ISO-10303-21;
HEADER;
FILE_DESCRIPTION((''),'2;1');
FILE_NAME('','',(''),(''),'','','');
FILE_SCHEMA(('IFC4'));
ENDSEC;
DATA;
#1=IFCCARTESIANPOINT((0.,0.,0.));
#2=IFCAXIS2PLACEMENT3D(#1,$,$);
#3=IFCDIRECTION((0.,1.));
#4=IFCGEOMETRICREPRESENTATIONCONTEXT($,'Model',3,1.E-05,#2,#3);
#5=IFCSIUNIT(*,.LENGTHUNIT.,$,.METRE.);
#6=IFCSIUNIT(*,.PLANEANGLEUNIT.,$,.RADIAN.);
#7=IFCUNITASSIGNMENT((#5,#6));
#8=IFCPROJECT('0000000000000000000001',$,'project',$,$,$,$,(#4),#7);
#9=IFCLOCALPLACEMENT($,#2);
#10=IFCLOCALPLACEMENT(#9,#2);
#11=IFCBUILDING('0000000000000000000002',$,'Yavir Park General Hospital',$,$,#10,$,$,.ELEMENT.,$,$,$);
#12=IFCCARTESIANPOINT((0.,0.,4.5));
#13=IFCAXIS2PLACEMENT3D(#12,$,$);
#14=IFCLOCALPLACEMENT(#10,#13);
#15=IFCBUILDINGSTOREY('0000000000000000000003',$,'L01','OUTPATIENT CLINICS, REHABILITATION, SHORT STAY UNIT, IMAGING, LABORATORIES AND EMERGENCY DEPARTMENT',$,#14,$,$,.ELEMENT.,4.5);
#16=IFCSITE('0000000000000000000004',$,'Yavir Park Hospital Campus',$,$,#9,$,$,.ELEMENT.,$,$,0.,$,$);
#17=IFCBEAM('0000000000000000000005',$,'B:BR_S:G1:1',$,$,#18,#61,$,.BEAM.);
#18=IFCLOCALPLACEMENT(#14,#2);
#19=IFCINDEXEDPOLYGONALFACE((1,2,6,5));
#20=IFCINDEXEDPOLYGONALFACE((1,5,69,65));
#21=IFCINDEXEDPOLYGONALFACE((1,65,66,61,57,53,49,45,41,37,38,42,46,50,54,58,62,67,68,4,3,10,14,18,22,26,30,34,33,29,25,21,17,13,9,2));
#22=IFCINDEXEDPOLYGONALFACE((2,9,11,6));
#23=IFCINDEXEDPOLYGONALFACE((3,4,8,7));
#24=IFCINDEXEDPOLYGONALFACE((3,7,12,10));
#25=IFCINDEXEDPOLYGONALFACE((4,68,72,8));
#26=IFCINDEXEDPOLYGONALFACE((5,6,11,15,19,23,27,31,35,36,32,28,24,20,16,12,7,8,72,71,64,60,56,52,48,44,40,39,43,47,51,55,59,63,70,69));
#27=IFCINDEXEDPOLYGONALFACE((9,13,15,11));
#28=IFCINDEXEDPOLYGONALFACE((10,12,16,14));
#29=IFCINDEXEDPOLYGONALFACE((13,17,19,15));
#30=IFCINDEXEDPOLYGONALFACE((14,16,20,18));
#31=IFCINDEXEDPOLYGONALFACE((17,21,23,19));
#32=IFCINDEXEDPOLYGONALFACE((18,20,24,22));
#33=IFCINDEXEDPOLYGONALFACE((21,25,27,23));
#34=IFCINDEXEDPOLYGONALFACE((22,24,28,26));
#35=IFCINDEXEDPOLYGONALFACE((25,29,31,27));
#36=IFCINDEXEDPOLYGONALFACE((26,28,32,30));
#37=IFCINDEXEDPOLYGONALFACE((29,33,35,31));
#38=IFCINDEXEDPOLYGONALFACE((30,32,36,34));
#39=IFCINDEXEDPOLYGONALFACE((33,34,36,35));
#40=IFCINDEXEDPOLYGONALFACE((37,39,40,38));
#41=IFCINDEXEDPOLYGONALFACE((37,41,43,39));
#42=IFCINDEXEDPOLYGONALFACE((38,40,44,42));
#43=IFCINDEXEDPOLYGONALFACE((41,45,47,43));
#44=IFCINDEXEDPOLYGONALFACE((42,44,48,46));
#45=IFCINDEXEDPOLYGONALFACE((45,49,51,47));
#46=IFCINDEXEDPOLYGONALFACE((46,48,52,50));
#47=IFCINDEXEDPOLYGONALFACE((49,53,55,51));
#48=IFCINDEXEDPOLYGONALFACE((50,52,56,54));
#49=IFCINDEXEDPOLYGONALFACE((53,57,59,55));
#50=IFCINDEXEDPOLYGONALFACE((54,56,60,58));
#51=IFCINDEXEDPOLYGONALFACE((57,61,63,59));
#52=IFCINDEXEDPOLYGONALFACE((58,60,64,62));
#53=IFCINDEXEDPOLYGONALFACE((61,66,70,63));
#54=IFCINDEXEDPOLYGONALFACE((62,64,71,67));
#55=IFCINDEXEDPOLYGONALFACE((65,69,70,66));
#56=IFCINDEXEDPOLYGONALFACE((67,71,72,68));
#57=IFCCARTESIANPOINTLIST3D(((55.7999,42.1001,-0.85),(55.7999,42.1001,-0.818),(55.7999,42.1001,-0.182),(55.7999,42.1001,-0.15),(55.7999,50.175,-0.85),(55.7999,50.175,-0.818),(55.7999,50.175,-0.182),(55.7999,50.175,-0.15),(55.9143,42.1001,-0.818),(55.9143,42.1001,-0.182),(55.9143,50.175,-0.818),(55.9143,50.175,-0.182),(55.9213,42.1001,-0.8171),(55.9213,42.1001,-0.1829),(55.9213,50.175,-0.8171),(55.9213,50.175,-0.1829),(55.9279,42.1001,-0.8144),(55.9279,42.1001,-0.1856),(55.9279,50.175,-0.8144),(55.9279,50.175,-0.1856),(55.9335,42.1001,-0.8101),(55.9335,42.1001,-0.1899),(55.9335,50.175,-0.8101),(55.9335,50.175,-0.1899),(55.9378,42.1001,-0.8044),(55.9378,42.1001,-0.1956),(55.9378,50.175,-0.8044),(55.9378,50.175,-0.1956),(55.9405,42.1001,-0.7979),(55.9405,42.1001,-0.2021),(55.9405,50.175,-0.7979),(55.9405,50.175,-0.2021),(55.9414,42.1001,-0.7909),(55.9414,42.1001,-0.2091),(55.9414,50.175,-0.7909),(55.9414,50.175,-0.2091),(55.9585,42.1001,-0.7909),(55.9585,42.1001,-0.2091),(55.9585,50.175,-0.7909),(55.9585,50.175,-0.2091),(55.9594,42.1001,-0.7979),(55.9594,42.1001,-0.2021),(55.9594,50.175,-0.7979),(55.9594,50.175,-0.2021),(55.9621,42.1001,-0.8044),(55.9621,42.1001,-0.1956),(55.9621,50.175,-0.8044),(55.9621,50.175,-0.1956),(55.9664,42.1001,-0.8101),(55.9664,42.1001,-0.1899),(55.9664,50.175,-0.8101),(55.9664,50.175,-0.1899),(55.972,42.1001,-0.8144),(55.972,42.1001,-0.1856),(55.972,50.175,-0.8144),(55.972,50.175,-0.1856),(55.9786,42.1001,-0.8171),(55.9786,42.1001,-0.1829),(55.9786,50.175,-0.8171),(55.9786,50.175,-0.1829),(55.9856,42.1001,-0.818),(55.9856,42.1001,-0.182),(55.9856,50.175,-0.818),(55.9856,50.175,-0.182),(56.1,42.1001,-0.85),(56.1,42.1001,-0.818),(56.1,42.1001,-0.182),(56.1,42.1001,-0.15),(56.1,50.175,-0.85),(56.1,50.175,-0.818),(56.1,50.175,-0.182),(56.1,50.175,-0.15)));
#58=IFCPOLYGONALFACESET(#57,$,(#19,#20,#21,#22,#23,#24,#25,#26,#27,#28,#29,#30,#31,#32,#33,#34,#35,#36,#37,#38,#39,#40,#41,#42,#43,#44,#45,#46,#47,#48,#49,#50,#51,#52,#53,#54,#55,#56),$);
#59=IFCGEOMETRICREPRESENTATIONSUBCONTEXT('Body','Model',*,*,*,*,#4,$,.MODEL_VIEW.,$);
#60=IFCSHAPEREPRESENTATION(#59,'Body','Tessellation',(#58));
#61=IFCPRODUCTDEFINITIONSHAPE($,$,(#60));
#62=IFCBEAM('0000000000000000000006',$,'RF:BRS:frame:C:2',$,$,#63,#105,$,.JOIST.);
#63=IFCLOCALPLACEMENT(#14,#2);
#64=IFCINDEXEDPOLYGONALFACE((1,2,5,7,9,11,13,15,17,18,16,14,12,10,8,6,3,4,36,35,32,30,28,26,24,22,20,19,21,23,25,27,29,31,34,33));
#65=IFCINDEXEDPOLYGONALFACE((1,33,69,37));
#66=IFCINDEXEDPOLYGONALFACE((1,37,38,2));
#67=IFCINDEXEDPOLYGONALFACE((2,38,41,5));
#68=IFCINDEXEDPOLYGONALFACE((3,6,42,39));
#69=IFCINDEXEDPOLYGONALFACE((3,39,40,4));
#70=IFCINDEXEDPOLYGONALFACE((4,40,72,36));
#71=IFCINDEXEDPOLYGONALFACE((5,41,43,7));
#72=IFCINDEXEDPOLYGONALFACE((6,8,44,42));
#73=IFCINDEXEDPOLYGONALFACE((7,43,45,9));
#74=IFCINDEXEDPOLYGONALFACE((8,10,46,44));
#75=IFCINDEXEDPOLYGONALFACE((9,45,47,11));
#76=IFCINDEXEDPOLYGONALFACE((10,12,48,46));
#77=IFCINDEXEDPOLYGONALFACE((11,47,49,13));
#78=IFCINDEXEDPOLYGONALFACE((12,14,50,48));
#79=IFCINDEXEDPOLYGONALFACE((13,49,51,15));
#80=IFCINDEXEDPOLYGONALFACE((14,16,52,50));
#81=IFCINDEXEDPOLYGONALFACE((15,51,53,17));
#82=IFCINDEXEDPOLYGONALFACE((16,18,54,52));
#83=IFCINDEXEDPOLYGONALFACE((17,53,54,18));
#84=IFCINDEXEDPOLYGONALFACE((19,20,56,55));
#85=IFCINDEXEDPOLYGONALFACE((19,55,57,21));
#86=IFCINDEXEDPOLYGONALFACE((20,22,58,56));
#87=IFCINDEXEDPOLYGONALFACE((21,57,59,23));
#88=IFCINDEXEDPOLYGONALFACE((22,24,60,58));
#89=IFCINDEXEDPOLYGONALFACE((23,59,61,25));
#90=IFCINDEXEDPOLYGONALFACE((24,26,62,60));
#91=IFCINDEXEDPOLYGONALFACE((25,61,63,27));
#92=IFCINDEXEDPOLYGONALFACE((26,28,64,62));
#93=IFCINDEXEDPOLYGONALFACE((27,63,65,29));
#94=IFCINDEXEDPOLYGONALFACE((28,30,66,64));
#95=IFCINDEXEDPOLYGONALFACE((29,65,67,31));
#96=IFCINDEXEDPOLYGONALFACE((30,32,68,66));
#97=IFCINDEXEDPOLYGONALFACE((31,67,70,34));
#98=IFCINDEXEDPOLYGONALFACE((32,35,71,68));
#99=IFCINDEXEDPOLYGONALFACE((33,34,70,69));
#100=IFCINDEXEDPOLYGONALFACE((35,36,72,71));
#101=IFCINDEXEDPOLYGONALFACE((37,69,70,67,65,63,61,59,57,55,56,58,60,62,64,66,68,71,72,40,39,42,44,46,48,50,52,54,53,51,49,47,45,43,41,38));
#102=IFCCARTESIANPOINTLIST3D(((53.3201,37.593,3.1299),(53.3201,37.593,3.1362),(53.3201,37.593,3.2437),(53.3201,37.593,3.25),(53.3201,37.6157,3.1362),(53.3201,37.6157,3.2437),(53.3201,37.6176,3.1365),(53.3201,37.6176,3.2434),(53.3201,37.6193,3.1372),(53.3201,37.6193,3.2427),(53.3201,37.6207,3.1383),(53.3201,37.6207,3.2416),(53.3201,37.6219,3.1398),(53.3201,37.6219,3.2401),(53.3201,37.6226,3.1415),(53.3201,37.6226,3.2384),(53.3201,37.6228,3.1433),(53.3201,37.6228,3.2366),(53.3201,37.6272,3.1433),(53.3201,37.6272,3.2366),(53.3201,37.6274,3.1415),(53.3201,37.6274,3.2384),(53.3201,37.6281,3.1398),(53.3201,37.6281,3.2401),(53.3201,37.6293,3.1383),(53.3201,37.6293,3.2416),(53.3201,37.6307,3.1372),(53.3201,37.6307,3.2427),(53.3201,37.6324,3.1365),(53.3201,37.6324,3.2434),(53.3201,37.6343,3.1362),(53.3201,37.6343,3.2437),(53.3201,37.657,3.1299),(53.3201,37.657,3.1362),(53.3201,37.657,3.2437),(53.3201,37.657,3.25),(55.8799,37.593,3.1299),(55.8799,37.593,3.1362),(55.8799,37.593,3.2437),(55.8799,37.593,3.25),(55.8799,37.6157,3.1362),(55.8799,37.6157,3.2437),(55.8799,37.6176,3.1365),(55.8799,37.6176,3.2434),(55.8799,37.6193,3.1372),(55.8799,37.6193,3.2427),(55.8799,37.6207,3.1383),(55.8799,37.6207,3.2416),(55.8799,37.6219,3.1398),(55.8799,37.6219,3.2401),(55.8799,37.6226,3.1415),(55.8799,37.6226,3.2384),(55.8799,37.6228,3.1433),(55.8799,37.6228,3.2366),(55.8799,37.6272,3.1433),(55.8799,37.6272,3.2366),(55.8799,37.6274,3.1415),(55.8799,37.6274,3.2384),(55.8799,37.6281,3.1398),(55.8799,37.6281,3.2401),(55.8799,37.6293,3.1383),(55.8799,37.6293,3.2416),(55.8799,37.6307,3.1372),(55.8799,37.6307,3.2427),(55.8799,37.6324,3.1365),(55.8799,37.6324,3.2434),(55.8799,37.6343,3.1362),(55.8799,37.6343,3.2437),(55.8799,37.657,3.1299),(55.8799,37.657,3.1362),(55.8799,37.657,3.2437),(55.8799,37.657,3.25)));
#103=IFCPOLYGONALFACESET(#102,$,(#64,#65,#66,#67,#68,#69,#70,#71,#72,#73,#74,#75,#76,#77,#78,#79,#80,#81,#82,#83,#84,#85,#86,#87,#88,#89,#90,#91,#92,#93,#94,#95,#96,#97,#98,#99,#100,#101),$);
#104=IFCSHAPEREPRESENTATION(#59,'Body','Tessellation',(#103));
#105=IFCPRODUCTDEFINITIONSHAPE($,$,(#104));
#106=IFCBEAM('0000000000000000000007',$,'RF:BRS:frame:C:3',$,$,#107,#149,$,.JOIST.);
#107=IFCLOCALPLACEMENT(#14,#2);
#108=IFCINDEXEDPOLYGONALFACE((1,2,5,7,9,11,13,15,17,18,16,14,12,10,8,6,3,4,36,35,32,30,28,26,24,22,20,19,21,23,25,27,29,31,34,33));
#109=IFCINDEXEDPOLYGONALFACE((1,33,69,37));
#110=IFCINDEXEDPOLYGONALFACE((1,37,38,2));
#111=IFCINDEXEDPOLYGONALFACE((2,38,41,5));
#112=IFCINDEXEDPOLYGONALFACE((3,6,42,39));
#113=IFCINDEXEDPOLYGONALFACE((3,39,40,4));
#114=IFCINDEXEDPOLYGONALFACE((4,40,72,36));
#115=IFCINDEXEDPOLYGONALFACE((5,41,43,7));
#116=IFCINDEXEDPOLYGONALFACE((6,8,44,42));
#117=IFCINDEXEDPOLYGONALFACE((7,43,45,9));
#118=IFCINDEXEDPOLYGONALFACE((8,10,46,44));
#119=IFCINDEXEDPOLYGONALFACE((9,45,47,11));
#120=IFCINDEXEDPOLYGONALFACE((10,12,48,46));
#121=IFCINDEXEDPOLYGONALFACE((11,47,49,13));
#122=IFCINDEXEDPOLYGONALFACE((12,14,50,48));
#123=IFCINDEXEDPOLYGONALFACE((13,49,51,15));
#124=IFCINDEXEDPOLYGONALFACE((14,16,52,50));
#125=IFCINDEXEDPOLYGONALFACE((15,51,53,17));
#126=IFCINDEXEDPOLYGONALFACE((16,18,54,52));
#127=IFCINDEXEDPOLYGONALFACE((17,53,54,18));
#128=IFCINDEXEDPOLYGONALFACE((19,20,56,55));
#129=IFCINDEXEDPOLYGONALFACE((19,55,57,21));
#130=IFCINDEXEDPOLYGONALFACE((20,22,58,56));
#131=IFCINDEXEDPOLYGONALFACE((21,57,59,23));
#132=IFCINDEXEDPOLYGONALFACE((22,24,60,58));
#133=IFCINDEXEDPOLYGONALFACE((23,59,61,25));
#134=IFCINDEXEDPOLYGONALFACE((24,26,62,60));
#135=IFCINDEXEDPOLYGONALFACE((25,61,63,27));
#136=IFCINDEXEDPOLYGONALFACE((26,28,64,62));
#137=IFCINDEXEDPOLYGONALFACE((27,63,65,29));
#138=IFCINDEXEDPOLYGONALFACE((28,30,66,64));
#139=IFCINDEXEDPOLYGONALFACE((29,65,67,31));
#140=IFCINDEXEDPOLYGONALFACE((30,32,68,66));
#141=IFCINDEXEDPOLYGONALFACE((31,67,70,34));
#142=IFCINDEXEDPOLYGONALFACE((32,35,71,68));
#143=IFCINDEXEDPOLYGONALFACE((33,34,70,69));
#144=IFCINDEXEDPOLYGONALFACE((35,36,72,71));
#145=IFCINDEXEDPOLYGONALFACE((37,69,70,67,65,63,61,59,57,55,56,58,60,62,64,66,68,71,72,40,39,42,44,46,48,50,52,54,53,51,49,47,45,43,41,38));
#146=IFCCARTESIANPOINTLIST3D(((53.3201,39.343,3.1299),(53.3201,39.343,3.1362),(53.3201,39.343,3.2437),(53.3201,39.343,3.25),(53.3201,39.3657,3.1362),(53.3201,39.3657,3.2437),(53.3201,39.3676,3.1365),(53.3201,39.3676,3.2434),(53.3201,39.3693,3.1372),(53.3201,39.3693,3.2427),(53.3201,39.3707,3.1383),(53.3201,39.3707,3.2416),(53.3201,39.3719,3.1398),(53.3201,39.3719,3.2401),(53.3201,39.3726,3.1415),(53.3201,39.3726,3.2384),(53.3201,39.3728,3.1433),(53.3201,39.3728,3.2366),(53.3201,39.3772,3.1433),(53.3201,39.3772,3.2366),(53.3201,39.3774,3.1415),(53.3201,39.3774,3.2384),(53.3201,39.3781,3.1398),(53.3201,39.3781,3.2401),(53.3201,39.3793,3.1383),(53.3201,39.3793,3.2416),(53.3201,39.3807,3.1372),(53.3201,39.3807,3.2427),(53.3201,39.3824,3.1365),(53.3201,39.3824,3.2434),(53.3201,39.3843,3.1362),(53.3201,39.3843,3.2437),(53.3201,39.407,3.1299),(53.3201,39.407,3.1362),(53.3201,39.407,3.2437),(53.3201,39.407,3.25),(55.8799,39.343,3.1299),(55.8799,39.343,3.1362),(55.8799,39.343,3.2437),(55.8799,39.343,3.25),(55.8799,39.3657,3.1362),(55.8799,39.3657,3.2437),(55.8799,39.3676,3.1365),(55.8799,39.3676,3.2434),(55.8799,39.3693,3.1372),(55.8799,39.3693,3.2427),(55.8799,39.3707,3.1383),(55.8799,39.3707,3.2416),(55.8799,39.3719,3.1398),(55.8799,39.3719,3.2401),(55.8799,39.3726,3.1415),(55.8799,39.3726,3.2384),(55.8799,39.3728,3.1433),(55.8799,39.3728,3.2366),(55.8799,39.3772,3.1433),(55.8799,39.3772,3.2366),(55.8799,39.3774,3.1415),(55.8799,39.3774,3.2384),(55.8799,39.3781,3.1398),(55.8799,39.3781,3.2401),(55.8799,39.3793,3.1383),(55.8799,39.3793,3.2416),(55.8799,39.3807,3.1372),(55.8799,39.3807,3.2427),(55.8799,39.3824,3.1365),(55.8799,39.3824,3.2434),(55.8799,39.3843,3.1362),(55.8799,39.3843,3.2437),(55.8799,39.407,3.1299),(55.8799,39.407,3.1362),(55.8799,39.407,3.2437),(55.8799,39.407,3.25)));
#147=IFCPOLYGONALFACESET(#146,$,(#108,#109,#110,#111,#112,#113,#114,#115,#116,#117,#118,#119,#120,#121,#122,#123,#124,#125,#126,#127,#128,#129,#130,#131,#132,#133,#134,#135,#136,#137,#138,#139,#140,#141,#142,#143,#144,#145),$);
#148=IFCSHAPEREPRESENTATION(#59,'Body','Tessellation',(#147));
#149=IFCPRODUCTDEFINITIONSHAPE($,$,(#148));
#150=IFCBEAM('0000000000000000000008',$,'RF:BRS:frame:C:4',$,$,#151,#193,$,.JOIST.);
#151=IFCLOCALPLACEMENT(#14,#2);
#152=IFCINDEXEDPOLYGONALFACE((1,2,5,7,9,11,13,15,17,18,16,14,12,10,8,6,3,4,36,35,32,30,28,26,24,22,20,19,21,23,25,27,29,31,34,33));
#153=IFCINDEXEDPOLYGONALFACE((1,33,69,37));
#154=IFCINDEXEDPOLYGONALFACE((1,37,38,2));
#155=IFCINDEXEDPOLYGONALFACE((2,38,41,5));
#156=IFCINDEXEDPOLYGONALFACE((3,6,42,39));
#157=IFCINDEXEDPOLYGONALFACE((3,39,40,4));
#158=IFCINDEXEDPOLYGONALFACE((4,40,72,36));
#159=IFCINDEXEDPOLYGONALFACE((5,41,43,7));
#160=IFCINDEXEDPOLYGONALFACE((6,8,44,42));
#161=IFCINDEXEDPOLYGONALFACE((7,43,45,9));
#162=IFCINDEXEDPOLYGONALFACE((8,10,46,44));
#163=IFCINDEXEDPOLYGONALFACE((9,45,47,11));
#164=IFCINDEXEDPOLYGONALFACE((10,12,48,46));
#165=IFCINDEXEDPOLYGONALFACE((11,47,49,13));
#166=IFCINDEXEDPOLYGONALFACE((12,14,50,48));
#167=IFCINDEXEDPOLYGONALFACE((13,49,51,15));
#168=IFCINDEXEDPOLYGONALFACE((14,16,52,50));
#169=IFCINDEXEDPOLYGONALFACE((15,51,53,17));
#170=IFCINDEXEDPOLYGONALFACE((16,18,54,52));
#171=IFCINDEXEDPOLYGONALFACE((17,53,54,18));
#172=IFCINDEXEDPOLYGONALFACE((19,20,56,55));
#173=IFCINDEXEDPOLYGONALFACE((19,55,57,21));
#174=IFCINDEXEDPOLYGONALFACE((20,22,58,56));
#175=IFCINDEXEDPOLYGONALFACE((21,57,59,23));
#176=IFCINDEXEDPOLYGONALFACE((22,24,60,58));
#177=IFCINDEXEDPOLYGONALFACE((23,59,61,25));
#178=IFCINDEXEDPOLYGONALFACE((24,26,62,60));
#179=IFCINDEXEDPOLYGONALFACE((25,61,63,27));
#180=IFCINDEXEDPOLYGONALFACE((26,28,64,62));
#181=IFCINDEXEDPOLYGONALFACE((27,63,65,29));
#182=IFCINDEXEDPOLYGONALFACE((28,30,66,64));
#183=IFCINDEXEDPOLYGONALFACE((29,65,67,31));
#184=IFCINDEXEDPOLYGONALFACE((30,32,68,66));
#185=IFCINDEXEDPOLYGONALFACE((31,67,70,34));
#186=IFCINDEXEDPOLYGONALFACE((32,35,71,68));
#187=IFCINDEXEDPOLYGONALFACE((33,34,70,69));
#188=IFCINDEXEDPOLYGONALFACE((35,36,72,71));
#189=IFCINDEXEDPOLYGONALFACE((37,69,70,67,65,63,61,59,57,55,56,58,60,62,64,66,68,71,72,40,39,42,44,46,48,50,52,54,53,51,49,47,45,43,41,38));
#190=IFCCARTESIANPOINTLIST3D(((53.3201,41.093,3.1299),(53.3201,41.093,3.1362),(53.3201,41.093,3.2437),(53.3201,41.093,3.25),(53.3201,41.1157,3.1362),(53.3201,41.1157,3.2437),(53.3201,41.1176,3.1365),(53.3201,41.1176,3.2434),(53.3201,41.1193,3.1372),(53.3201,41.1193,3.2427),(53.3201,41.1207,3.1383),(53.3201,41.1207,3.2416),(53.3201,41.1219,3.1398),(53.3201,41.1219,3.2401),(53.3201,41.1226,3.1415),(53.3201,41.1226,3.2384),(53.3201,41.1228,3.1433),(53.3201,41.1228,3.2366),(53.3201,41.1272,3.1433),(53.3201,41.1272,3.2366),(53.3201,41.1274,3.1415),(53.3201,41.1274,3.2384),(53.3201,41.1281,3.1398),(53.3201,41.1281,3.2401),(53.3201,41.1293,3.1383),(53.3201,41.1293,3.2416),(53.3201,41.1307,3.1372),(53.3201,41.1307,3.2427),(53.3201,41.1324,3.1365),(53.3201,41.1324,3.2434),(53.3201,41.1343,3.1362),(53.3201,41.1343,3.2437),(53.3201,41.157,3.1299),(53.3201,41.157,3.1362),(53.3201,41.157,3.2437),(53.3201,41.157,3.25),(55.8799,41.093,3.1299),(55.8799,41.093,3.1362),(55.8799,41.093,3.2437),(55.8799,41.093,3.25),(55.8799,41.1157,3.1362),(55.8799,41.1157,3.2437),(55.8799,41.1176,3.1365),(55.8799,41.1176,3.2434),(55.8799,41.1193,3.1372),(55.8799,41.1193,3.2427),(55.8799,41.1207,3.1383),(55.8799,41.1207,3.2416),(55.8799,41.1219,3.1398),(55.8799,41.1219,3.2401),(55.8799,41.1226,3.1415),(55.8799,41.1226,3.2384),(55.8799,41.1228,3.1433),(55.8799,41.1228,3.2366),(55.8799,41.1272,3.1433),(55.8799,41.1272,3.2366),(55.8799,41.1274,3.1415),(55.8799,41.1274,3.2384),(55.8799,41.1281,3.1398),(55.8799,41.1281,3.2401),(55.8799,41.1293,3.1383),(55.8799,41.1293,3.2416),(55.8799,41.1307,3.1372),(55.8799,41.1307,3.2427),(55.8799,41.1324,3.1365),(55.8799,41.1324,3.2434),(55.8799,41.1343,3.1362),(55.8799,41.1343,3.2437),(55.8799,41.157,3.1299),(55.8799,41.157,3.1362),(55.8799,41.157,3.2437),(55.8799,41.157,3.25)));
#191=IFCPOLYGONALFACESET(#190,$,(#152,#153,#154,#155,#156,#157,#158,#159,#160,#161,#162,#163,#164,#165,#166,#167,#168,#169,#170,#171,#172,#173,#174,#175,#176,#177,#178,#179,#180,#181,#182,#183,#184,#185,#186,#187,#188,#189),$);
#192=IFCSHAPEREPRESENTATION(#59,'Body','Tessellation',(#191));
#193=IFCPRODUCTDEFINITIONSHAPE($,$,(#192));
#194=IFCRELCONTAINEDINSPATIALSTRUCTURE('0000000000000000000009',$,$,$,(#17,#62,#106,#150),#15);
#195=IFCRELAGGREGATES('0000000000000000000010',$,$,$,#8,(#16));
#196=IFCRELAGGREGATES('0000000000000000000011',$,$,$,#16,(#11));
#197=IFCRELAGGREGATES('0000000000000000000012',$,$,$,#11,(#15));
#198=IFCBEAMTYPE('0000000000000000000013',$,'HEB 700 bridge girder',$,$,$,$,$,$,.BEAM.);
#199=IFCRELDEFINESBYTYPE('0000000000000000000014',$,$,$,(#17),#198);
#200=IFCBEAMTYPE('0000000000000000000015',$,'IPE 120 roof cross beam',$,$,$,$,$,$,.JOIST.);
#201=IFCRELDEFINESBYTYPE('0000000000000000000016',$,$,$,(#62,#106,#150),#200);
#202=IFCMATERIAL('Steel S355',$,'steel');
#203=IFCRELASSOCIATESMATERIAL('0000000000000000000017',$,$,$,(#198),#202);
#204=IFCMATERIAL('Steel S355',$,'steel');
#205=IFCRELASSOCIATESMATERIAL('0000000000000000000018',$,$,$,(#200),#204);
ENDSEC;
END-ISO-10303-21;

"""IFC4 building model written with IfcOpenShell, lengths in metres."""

from ifc_helpers import new_model, si_unit, direction, frame, origin, origin_2d, place, context, subcontext, project, spatial, i_section, extrude, material, material_profile, profile_set, type_object, element, save


model = new_model("IFC4")

# Units and contexts
model_context = context("Model", 3, precision=1e-05, world=origin(), true_north=direction((0.0, 1.0)))
body_context = subcontext(model_context, "Body", "Model", "MODEL_VIEW")
ifc_project = project(units=[si_unit("LENGTHUNIT", "METRE"), si_unit("PLANEANGLEUNIT", "RADIAN")], contexts=[model_context])

# Site, building, storey
site_placement = place(None, origin())
site = spatial("IfcSite", under=ifc_project, at=site_placement, Name="Yavir Park Hospital Campus", CompositionType="ELEMENT", RefElevation=0.0)
building_placement = place(site_placement, origin())
building = spatial("IfcBuilding", under=site, at=building_placement, Name="Yavir Park General Hospital", CompositionType="ELEMENT")
storey_placement = place(building_placement, frame((0.0, 0.0, 4.5)))
storey = spatial("IfcBuildingStorey", under=building, at=storey_placement, Name="L01", Description="OUTPATIENT CLINICS, REHABILITATION, SHORT STAY UNIT, IMAGING, LABORATORIES AND EMERGENCY DEPARTMENT", CompositionType="ELEMENT", Elevation=4.5)

# Beams
ifc_material_1 = material(Name="Steel S355", Category="steel")
ifc_material_profile_1 = material_profile(ifc_material_1, i_section(OverallWidth=0.3, OverallDepth=0.7, WebThickness=0.0171, FlangeThickness=0.032, FilletRadius=0.0271, at=origin_2d()), Name="HEB700")
ifc_profile_set_1 = profile_set([ifc_material_profile_1], Name="Steel S355")
beam_type_1 = type_object("IfcBeamType", Name="HEB 700 bridge girder", PredefinedType="BEAM", material=ifc_profile_set_1)
for number, where, z_axis, x_axis, name in (
    (1, (55.95, 42.1001, -0.5), (0.0, 1.0, 0.0), (-1.0, 0.0, 0.0), "B:BR_S:G1:1"),
):
    element("IfcBeam", number, at=place(storey_placement, frame(where, z_axis=z_axis, x_axis=x_axis)), inside=storey, type_object=beam_type_1, Name=name, PredefinedType="BEAM", context=body_context, shape_type="SweptSolid", body=[
        extrude(i_section(OverallWidth=0.3, OverallDepth=0.7, WebThickness=0.0171, FlangeThickness=0.032, FilletRadius=0.0271, at=origin_2d()), origin(), (0.0, 0.0, 1.0), 8.075),
    ])
ifc_material_2 = material(Name="Steel S355", Category="steel")
ifc_material_profile_2 = material_profile(ifc_material_2, i_section(OverallWidth=0.064, OverallDepth=0.1201, WebThickness=0.0044, FlangeThickness=0.0063, FilletRadius=0.0071, at=origin_2d()), Name="IPE120")
ifc_profile_set_2 = profile_set([ifc_material_profile_2], Name="Steel S355")
beam_type_2 = type_object("IfcBeamType", Name="IPE 120 roof cross beam", PredefinedType="JOIST", material=ifc_profile_set_2)
for number, where, z_axis, x_axis, name in (
    (2, (53.3201, 37.625, 3.1899), (1.0, 0.0, 0.0), (0.0, 1.0, 0.0), "RF:BRS:frame:C:2"),
    (3, (53.3201, 39.375, 3.1899), (1.0, 0.0, 0.0), (0.0, 1.0, 0.0), "RF:BRS:frame:C:3"),
    (4, (53.3201, 41.125, 3.1899), (1.0, 0.0, 0.0), (0.0, 1.0, 0.0), "RF:BRS:frame:C:4"),
):
    element("IfcBeam", number, at=place(storey_placement, frame(where, z_axis=z_axis, x_axis=x_axis)), inside=storey, type_object=beam_type_2, Name=name, PredefinedType="JOIST", context=body_context, shape_type="SweptSolid", body=[
        extrude(i_section(OverallWidth=0.064, OverallDepth=0.1201, WebThickness=0.0044, FlangeThickness=0.0063, FilletRadius=0.0071, at=origin_2d()), origin(), (0.0, 0.0, 1.0), 2.5598),
    ])

save(model, "model.ifc")
